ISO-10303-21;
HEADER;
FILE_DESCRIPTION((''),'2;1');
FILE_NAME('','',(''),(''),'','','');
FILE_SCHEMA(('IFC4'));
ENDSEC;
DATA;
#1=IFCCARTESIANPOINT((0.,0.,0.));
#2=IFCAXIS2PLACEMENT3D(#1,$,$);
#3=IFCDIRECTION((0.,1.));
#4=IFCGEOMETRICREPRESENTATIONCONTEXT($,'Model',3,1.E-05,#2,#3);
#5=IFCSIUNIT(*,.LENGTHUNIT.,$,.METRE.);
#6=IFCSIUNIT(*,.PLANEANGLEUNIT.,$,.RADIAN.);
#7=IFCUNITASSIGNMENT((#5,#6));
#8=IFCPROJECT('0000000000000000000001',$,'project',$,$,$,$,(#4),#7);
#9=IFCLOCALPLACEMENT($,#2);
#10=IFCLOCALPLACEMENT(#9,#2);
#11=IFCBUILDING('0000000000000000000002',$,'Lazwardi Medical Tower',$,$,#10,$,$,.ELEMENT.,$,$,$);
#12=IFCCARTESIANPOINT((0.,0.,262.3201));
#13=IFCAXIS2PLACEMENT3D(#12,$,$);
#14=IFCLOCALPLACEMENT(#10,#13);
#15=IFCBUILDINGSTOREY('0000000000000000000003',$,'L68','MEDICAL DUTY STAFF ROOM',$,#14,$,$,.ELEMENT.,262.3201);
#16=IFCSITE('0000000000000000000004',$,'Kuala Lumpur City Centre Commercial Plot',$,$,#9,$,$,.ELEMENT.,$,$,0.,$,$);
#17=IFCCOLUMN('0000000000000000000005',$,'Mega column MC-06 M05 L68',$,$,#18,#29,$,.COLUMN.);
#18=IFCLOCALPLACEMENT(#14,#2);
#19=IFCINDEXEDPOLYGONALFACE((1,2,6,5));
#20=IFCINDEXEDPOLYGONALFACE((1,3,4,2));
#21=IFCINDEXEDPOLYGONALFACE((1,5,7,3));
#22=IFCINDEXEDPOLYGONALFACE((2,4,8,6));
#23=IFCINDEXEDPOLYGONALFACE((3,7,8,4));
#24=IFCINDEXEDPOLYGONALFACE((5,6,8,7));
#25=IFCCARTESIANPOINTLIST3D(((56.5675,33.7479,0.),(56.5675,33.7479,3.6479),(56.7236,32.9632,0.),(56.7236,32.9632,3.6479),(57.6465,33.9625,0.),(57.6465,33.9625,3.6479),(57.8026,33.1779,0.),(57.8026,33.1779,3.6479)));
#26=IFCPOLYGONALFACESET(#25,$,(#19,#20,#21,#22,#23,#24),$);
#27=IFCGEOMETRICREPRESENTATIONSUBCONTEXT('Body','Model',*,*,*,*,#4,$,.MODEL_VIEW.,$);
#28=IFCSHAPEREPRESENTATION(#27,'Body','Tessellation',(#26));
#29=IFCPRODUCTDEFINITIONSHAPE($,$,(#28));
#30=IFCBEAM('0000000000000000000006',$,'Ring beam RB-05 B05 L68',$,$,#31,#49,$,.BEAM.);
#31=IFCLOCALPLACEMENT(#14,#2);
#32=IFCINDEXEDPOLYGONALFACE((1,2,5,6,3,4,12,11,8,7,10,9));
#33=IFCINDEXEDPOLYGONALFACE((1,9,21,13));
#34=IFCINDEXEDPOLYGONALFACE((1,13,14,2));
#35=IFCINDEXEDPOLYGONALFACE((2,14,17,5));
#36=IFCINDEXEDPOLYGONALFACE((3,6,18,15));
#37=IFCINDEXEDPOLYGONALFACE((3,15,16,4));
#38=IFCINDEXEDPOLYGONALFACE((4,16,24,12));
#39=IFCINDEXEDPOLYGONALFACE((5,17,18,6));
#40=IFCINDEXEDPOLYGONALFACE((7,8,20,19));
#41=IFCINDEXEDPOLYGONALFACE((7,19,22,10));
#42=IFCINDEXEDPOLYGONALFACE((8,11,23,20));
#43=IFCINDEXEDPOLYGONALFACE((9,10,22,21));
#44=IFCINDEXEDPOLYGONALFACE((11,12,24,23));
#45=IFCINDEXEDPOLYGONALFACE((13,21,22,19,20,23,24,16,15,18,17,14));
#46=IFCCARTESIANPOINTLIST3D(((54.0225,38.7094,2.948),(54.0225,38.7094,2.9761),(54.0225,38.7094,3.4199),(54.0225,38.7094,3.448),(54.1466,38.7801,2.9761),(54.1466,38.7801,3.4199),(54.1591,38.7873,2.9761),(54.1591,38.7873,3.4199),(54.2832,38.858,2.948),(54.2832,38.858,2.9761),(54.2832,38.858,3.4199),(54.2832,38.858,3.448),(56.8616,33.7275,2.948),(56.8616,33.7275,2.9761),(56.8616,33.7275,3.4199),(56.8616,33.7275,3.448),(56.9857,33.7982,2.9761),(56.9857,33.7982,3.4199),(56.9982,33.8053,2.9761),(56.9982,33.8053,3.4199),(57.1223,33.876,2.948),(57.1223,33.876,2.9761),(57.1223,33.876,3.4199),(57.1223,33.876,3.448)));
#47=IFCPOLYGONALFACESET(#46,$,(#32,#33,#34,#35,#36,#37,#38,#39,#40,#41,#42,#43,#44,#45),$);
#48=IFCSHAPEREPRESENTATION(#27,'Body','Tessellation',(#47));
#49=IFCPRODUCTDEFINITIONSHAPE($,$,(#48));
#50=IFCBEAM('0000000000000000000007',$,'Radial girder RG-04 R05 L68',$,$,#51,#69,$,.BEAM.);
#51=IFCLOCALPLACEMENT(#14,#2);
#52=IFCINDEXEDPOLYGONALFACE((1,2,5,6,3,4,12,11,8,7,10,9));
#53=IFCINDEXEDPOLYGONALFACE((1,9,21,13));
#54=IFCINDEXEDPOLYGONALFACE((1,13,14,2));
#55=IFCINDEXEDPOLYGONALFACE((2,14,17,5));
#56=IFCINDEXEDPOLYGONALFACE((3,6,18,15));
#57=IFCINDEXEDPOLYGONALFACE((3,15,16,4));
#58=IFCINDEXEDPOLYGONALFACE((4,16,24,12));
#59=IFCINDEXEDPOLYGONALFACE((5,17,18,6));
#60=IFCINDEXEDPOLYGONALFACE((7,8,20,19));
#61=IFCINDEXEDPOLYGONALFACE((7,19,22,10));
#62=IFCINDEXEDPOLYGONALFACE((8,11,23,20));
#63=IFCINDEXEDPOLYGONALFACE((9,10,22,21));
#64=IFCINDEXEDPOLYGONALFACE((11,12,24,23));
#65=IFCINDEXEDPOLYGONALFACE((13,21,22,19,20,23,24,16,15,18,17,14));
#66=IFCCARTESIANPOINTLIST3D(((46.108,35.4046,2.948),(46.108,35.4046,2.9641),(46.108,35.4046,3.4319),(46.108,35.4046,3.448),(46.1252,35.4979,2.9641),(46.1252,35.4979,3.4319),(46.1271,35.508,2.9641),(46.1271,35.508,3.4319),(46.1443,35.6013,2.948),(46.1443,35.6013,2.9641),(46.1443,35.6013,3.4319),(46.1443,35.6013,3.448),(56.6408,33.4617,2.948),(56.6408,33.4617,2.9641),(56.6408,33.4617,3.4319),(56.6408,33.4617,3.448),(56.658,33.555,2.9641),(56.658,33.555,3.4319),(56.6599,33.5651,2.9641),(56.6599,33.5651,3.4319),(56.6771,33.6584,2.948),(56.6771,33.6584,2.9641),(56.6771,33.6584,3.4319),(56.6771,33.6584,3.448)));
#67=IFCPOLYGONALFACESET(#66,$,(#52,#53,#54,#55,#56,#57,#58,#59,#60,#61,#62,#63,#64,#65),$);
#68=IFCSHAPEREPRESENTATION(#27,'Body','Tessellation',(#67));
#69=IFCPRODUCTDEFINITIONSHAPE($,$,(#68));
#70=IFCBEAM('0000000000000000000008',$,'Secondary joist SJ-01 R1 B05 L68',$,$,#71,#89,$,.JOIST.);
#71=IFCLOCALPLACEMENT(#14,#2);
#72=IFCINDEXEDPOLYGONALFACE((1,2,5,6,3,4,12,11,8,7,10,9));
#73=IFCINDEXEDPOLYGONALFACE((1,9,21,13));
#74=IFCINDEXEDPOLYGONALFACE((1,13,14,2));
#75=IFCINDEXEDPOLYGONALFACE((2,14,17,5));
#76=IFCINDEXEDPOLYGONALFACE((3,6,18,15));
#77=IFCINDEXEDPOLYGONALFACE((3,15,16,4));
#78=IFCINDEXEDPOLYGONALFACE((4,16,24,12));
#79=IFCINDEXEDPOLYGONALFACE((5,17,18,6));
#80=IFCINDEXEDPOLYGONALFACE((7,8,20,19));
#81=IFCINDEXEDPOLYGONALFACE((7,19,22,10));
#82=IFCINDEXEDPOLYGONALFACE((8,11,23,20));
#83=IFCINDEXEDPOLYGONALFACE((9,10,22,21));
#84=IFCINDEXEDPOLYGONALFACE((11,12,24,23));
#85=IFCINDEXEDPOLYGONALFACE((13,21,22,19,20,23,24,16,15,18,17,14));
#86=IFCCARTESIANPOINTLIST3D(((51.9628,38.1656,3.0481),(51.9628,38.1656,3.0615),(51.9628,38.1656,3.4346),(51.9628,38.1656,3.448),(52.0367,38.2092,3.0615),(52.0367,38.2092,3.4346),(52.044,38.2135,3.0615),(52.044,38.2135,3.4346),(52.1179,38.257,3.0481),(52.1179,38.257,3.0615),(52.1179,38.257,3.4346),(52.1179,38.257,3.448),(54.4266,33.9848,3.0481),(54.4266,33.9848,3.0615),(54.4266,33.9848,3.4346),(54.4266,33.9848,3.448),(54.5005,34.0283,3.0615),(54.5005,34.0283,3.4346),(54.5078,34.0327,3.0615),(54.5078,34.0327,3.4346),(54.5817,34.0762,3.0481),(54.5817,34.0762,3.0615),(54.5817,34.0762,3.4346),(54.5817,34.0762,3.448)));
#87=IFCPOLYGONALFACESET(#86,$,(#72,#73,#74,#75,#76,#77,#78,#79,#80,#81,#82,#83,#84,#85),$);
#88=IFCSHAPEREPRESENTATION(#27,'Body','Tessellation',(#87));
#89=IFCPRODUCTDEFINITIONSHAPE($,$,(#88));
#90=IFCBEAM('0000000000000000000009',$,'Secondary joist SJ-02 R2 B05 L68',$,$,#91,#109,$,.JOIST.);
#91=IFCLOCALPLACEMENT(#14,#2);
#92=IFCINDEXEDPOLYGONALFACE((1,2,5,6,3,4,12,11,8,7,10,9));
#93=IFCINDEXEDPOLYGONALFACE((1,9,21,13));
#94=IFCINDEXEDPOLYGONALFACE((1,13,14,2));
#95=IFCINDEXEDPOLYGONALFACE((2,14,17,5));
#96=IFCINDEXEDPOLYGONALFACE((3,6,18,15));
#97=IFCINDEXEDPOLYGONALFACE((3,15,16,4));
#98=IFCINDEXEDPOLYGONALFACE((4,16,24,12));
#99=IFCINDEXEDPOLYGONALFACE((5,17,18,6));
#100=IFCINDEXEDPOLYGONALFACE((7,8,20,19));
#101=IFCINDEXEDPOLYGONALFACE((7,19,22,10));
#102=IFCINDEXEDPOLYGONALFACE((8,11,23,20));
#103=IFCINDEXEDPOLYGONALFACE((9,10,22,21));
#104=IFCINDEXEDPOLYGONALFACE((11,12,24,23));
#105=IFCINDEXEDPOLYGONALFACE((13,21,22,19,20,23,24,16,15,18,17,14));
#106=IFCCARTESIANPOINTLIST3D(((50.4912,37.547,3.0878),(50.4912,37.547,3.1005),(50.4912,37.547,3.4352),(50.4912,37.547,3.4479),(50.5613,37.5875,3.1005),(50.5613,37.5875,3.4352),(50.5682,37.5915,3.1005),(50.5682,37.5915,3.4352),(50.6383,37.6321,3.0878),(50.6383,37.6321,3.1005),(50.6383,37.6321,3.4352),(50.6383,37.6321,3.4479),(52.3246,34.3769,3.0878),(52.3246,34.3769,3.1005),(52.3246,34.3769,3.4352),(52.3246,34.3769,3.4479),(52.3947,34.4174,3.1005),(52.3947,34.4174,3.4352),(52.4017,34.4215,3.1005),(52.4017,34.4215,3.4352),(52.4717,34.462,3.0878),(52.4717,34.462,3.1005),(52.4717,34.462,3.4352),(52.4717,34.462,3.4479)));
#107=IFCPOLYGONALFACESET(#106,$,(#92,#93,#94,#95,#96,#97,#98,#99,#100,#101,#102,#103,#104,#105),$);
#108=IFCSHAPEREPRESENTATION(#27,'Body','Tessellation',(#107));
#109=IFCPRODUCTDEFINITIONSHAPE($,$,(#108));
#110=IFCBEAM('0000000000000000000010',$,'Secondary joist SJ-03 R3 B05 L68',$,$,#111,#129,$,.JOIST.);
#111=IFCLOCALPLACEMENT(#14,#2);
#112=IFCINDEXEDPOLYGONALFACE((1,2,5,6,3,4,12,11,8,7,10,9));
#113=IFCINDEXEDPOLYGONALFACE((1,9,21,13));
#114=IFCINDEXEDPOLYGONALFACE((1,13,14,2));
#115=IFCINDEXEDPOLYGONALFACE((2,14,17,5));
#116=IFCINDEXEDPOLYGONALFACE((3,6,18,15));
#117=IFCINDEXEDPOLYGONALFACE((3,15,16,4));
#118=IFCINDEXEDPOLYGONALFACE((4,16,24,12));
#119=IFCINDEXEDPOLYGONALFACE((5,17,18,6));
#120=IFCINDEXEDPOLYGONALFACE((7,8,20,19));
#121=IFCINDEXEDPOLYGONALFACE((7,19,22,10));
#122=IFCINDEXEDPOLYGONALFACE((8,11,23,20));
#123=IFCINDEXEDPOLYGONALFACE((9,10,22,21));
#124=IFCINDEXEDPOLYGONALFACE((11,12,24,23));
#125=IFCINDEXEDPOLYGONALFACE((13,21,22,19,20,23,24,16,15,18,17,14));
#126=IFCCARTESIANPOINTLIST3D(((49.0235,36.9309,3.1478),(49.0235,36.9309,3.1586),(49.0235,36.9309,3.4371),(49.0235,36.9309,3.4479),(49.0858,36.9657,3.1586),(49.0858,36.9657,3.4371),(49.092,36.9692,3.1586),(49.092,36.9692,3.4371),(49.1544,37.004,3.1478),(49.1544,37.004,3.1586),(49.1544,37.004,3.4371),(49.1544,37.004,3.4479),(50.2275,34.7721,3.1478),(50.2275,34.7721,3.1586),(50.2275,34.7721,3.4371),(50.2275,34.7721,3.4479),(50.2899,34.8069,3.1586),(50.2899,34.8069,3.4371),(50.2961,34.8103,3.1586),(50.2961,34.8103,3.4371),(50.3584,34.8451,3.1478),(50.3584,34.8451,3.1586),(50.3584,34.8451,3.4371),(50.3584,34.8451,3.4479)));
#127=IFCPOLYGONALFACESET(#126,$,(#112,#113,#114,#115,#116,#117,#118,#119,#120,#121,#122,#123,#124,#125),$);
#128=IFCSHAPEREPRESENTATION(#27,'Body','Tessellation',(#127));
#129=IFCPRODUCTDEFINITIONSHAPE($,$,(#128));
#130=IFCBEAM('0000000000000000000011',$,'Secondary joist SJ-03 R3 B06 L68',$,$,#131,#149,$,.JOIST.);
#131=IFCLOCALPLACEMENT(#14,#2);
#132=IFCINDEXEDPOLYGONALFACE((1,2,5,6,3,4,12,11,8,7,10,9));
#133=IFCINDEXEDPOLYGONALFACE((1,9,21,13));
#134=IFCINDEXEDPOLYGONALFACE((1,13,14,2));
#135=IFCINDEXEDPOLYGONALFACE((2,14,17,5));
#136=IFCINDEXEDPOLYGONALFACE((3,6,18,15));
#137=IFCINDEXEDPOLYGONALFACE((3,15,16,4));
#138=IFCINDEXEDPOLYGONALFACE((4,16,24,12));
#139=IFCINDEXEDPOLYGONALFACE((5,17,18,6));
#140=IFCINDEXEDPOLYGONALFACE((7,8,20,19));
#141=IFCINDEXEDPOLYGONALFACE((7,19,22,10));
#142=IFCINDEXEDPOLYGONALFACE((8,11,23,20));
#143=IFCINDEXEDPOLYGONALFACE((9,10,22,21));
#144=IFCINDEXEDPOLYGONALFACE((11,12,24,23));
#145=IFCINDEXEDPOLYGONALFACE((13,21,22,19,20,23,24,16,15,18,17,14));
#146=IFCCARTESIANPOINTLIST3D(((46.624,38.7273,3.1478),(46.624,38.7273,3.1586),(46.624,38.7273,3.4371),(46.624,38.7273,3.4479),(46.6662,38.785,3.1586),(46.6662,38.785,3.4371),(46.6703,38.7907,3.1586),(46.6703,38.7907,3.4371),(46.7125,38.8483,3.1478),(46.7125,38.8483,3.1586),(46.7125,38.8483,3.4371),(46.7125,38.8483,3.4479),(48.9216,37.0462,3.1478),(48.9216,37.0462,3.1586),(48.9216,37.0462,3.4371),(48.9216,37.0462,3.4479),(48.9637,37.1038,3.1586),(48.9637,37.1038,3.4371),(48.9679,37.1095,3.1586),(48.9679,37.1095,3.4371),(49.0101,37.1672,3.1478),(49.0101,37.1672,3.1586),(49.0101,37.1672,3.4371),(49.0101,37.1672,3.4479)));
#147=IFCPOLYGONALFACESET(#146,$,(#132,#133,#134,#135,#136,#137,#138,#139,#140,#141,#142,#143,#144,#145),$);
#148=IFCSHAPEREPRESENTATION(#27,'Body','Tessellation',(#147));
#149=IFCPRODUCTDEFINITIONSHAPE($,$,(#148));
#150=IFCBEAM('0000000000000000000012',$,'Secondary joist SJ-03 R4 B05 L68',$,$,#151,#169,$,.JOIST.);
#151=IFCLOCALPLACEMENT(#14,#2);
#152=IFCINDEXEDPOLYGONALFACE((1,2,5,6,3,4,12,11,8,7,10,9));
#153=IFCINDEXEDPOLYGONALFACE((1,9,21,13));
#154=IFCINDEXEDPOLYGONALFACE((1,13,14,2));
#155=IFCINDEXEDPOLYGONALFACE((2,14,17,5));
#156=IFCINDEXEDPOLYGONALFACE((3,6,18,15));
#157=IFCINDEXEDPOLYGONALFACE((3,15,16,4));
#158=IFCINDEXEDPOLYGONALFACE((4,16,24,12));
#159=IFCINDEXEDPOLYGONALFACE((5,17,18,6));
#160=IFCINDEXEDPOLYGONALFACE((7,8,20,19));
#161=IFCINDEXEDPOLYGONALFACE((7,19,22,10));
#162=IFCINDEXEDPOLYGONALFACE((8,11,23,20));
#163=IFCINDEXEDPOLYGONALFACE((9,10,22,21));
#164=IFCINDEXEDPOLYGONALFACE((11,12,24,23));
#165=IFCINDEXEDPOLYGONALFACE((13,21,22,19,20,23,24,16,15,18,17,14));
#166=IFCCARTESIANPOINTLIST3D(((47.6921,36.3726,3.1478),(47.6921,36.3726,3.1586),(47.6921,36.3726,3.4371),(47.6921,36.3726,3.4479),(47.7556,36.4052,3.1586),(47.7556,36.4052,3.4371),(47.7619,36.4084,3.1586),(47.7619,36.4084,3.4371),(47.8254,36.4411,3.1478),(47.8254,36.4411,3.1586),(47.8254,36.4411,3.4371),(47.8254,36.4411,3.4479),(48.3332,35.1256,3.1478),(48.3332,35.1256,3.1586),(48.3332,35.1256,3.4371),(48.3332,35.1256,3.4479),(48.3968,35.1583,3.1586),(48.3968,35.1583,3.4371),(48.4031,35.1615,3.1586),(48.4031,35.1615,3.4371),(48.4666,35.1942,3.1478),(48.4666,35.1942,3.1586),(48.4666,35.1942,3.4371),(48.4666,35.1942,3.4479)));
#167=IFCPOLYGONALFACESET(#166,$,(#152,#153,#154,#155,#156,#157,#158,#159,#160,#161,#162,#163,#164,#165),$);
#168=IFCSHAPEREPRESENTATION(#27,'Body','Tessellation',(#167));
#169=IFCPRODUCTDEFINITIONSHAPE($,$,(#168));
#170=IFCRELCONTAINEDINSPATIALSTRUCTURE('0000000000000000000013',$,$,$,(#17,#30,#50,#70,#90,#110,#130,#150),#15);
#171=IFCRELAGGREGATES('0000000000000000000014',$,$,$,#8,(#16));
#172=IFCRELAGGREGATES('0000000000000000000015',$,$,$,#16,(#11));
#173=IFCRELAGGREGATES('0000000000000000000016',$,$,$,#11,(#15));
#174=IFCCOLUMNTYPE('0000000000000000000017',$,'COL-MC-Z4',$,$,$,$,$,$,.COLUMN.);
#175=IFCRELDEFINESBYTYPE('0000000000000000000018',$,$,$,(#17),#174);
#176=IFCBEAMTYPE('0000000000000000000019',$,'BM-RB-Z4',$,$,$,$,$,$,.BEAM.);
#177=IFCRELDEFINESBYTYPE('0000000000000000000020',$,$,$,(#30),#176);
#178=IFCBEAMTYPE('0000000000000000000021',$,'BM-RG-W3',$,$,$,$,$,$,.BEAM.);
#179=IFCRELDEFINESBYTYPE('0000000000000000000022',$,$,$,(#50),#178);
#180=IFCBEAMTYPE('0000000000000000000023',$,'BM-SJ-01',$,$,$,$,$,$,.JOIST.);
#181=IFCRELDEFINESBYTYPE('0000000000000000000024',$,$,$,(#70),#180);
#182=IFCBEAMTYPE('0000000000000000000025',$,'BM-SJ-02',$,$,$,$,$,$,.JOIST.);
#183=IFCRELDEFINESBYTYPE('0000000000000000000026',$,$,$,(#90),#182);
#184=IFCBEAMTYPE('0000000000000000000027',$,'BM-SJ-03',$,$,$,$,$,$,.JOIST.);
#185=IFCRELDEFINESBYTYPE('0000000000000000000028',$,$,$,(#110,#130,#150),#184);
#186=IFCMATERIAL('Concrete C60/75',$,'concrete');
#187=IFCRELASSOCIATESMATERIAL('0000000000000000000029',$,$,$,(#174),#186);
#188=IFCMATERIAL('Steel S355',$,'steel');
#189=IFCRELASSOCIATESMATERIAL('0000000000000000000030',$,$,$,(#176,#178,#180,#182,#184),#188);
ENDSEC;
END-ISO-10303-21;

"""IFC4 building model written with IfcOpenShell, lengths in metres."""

from ifc_helpers import new_model, si_unit, direction, frame, origin, origin_2d, place, context, subcontext, project, spatial, rectangle, i_section, extrude, material, material_profile, profile_set, type_object, element, save


model = new_model("IFC4")

# Units and contexts
model_context = context("Model", 3, precision=1e-05, world=origin(), true_north=direction((0.0, 1.0)))
body_context = subcontext(model_context, "Body", "Model", "MODEL_VIEW")
ifc_project = project(units=[si_unit("LENGTHUNIT", "METRE"), si_unit("PLANEANGLEUNIT", "RADIAN")], contexts=[model_context])

# Site, building, storey
site_placement = place(None, origin())
site = spatial("IfcSite", under=ifc_project, at=site_placement, Name="Kuala Lumpur City Centre Commercial Plot", CompositionType="ELEMENT", RefElevation=0.0)
building_placement = place(site_placement, origin())
building = spatial("IfcBuilding", under=site, at=building_placement, Name="Lazwardi Medical Tower", CompositionType="ELEMENT")
storey_placement = place(building_placement, frame((0.0, 0.0, 262.3201)))
storey = spatial("IfcBuildingStorey", under=building, at=storey_placement, Name="L68", Description="MEDICAL DUTY STAFF ROOM", CompositionType="ELEMENT", Elevation=262.3201)

# Column
ifc_material_1 = material(Name="Concrete C60/75", Category="concrete")
ifc_material_profile_1 = material_profile(ifc_material_1, rectangle(XDim=1.1001, YDim=0.8, at=origin_2d()), Name="CFT-RECT 1100x800")
ifc_profile_set_1 = profile_set([ifc_material_profile_1], Name="Concrete C60/75")
column_type = type_object("IfcColumnType", Name="COL-MC-Z4", PredefinedType="COLUMN", material=ifc_profile_set_1)
column_placement = place(storey_placement, frame((57.1851, 33.4629, 0.0), z_axis=(0.0, 0.0, 1.0), x_axis=(0.980785, 0.19509, 0.0)))
element("IfcColumn", 1, at=column_placement, inside=storey, type_object=column_type, Name="Mega column MC-06 M05 L68", PredefinedType="COLUMN", context=body_context, shape_type="SweptSolid", body=[
    extrude(rectangle(XDim=1.1001, YDim=0.8, at=origin_2d()), origin(), (0.0, 0.0, 1.0), 3.6479),
])

# Beams
ifc_material_2 = material(Name="Steel S355", Category="steel")
ifc_material_profile_2 = material_profile(ifc_material_2, i_section(OverallWidth=0.3, OverallDepth=0.5, WebThickness=0.0144, FlangeThickness=0.0281, at=origin_2d()), Name="HEB 500")
ifc_profile_set_2 = profile_set([ifc_material_profile_2], Name="Steel S355")
beam_type_1 = type_object("IfcBeamType", Name="BM-RB-Z4", PredefinedType="BEAM", material=ifc_profile_set_2)
beam_1_placement = place(storey_placement, frame((56.9919, 33.8018, 3.198), z_axis=(-0.495125, 0.868822, 0.0), x_axis=(-0.868822, -0.495125, 0.0)))
element("IfcBeam", 2, at=beam_1_placement, inside=storey, type_object=beam_type_1, Name="Ring beam RB-05 B05 L68", PredefinedType="BEAM", context=body_context, shape_type="SweptSolid", body=[
    extrude(i_section(OverallWidth=0.3, OverallDepth=0.5, WebThickness=0.0144, FlangeThickness=0.0281, at=origin_2d()), origin(), (0.0, 0.0, 1.0), 5.7341),
])
ifc_material_profile_3 = material_profile(ifc_material_2, i_section(OverallWidth=0.2, OverallDepth=0.5, WebThickness=0.0103, FlangeThickness=0.0161, at=origin_2d()), Name="IPE 500")
ifc_profile_set_3 = profile_set([ifc_material_profile_3], Name="Steel S355")
beam_type_2 = type_object("IfcBeamType", Name="BM-RG-W3", PredefinedType="BEAM", material=ifc_profile_set_3)
beam_2_placement = place(storey_placement, frame((56.6589, 33.5601, 3.198), z_axis=(-0.983409, 0.1814, 0.0), x_axis=(-0.1814, -0.983409, 0.0)))
element("IfcBeam", 3, at=beam_2_placement, inside=storey, type_object=beam_type_2, Name="Radial girder RG-04 R05 L68", PredefinedType="BEAM", context=body_context, shape_type="SweptSolid", body=[
    extrude(i_section(OverallWidth=0.2, OverallDepth=0.5, WebThickness=0.0103, FlangeThickness=0.0161, at=origin_2d()), origin(), (0.0, 0.0, 1.0), 10.7104),
])
ifc_material_profile_4 = material_profile(ifc_material_2, i_section(OverallWidth=0.1799, OverallDepth=0.3999, WebThickness=0.0085, FlangeThickness=0.0134, at=origin_2d()), Name="IPE 400")
ifc_profile_set_4 = profile_set([ifc_material_profile_4], Name="Steel S355")
beam_type_3 = type_object("IfcBeamType", Name="BM-SJ-01", PredefinedType="JOIST", material=ifc_profile_set_4)
beam_3_placement = place(storey_placement, frame((54.5042, 34.0305, 3.248), z_axis=(-0.50771, 0.861528, 0.0), x_axis=(-0.861528, -0.50771, 0.0)))
element("IfcBeam", 4, at=beam_3_placement, inside=storey, type_object=beam_type_3, Name="Secondary joist SJ-01 R1 B05 L68", PredefinedType="JOIST", context=body_context, shape_type="SweptSolid", body=[
    extrude(i_section(OverallWidth=0.1799, OverallDepth=0.3999, WebThickness=0.0085, FlangeThickness=0.0134, at=origin_2d()), origin(), (0.0, 0.0, 1.0), 4.8528),
])
ifc_material_profile_5 = material_profile(ifc_material_2, i_section(OverallWidth=0.1699, OverallDepth=0.3601, WebThickness=0.0081, FlangeThickness=0.0127, at=origin_2d()), Name="IPE 360")
ifc_profile_set_5 = profile_set([ifc_material_profile_5], Name="Steel S355")
beam_type_4 = type_object("IfcBeamType", Name="BM-SJ-02", PredefinedType="JOIST", material=ifc_profile_set_5)
beam_4_placement = place(storey_placement, frame((52.3982, 34.4194, 3.2678), z_axis=(-0.500655, 0.865647, 0.0), x_axis=(-0.865647, -0.500655, 0.0)))
element("IfcBeam", 5, at=beam_4_placement, inside=storey, type_object=beam_type_4, Name="Secondary joist SJ-02 R2 B05 L68", PredefinedType="JOIST", context=body_context, shape_type="SweptSolid", body=[
    extrude(i_section(OverallWidth=0.1699, OverallDepth=0.3601, WebThickness=0.0081, FlangeThickness=0.0127, at=origin_2d()), origin(), (0.0, 0.0, 1.0), 3.6621),
])
ifc_material_profile_6 = material_profile(ifc_material_2, i_section(OverallWidth=0.1499, OverallDepth=0.3, WebThickness=0.0071, FlangeThickness=0.0107, at=origin_2d()), Name="IPE 300")
ifc_profile_set_6 = profile_set([ifc_material_profile_6], Name="Steel S355")
beam_type_5 = type_object("IfcBeamType", Name="BM-SJ-03", PredefinedType="JOIST", material=ifc_profile_set_6)
beam_5_placement = place(storey_placement, frame((50.293, 34.8086, 3.2979), z_axis=(-0.487093, 0.87335, 0.0), x_axis=(-0.87335, -0.487093, 0.0)))
element("IfcBeam", 6, at=beam_5_placement, inside=storey, type_object=beam_type_5, Name="Secondary joist SJ-03 R3 B05 L68", PredefinedType="JOIST", context=body_context, shape_type="SweptSolid", body=[
    extrude(i_section(OverallWidth=0.1499, OverallDepth=0.3, WebThickness=0.0071, FlangeThickness=0.0107, at=origin_2d()), origin(), (0.0, 0.0, 1.0), 2.4719),
])
beam_6_placement = place(storey_placement, frame((48.9658, 37.1067, 3.2979), z_axis=(-0.807034, 0.590505, 0.0), x_axis=(-0.590505, -0.807034, 0.0)))
element("IfcBeam", 7, at=beam_6_placement, inside=storey, type_object=beam_type_5, Name="Secondary joist SJ-03 R3 B06 L68", PredefinedType="JOIST", context=body_context, shape_type="SweptSolid", body=[
    extrude(i_section(OverallWidth=0.1499, OverallDepth=0.3, WebThickness=0.0071, FlangeThickness=0.0107, at=origin_2d()), origin(), (0.0, 0.0, 1.0), 2.8469),
])
beam_7_placement = place(storey_placement, frame((48.3999, 35.1599, 3.2979), z_axis=(-0.457285, 0.88932, 0.0), x_axis=(-0.88932, -0.457285, 0.0)))
element("IfcBeam", 8, at=beam_7_placement, inside=storey, type_object=beam_type_5, Name="Secondary joist SJ-03 R4 B05 L68", PredefinedType="JOIST", context=body_context, shape_type="SweptSolid", body=[
    extrude(i_section(OverallWidth=0.1499, OverallDepth=0.3, WebThickness=0.0071, FlangeThickness=0.0107, at=origin_2d()), origin(), (0.0, 0.0, 1.0), 1.4021),
])

save(model, "model.ifc")
